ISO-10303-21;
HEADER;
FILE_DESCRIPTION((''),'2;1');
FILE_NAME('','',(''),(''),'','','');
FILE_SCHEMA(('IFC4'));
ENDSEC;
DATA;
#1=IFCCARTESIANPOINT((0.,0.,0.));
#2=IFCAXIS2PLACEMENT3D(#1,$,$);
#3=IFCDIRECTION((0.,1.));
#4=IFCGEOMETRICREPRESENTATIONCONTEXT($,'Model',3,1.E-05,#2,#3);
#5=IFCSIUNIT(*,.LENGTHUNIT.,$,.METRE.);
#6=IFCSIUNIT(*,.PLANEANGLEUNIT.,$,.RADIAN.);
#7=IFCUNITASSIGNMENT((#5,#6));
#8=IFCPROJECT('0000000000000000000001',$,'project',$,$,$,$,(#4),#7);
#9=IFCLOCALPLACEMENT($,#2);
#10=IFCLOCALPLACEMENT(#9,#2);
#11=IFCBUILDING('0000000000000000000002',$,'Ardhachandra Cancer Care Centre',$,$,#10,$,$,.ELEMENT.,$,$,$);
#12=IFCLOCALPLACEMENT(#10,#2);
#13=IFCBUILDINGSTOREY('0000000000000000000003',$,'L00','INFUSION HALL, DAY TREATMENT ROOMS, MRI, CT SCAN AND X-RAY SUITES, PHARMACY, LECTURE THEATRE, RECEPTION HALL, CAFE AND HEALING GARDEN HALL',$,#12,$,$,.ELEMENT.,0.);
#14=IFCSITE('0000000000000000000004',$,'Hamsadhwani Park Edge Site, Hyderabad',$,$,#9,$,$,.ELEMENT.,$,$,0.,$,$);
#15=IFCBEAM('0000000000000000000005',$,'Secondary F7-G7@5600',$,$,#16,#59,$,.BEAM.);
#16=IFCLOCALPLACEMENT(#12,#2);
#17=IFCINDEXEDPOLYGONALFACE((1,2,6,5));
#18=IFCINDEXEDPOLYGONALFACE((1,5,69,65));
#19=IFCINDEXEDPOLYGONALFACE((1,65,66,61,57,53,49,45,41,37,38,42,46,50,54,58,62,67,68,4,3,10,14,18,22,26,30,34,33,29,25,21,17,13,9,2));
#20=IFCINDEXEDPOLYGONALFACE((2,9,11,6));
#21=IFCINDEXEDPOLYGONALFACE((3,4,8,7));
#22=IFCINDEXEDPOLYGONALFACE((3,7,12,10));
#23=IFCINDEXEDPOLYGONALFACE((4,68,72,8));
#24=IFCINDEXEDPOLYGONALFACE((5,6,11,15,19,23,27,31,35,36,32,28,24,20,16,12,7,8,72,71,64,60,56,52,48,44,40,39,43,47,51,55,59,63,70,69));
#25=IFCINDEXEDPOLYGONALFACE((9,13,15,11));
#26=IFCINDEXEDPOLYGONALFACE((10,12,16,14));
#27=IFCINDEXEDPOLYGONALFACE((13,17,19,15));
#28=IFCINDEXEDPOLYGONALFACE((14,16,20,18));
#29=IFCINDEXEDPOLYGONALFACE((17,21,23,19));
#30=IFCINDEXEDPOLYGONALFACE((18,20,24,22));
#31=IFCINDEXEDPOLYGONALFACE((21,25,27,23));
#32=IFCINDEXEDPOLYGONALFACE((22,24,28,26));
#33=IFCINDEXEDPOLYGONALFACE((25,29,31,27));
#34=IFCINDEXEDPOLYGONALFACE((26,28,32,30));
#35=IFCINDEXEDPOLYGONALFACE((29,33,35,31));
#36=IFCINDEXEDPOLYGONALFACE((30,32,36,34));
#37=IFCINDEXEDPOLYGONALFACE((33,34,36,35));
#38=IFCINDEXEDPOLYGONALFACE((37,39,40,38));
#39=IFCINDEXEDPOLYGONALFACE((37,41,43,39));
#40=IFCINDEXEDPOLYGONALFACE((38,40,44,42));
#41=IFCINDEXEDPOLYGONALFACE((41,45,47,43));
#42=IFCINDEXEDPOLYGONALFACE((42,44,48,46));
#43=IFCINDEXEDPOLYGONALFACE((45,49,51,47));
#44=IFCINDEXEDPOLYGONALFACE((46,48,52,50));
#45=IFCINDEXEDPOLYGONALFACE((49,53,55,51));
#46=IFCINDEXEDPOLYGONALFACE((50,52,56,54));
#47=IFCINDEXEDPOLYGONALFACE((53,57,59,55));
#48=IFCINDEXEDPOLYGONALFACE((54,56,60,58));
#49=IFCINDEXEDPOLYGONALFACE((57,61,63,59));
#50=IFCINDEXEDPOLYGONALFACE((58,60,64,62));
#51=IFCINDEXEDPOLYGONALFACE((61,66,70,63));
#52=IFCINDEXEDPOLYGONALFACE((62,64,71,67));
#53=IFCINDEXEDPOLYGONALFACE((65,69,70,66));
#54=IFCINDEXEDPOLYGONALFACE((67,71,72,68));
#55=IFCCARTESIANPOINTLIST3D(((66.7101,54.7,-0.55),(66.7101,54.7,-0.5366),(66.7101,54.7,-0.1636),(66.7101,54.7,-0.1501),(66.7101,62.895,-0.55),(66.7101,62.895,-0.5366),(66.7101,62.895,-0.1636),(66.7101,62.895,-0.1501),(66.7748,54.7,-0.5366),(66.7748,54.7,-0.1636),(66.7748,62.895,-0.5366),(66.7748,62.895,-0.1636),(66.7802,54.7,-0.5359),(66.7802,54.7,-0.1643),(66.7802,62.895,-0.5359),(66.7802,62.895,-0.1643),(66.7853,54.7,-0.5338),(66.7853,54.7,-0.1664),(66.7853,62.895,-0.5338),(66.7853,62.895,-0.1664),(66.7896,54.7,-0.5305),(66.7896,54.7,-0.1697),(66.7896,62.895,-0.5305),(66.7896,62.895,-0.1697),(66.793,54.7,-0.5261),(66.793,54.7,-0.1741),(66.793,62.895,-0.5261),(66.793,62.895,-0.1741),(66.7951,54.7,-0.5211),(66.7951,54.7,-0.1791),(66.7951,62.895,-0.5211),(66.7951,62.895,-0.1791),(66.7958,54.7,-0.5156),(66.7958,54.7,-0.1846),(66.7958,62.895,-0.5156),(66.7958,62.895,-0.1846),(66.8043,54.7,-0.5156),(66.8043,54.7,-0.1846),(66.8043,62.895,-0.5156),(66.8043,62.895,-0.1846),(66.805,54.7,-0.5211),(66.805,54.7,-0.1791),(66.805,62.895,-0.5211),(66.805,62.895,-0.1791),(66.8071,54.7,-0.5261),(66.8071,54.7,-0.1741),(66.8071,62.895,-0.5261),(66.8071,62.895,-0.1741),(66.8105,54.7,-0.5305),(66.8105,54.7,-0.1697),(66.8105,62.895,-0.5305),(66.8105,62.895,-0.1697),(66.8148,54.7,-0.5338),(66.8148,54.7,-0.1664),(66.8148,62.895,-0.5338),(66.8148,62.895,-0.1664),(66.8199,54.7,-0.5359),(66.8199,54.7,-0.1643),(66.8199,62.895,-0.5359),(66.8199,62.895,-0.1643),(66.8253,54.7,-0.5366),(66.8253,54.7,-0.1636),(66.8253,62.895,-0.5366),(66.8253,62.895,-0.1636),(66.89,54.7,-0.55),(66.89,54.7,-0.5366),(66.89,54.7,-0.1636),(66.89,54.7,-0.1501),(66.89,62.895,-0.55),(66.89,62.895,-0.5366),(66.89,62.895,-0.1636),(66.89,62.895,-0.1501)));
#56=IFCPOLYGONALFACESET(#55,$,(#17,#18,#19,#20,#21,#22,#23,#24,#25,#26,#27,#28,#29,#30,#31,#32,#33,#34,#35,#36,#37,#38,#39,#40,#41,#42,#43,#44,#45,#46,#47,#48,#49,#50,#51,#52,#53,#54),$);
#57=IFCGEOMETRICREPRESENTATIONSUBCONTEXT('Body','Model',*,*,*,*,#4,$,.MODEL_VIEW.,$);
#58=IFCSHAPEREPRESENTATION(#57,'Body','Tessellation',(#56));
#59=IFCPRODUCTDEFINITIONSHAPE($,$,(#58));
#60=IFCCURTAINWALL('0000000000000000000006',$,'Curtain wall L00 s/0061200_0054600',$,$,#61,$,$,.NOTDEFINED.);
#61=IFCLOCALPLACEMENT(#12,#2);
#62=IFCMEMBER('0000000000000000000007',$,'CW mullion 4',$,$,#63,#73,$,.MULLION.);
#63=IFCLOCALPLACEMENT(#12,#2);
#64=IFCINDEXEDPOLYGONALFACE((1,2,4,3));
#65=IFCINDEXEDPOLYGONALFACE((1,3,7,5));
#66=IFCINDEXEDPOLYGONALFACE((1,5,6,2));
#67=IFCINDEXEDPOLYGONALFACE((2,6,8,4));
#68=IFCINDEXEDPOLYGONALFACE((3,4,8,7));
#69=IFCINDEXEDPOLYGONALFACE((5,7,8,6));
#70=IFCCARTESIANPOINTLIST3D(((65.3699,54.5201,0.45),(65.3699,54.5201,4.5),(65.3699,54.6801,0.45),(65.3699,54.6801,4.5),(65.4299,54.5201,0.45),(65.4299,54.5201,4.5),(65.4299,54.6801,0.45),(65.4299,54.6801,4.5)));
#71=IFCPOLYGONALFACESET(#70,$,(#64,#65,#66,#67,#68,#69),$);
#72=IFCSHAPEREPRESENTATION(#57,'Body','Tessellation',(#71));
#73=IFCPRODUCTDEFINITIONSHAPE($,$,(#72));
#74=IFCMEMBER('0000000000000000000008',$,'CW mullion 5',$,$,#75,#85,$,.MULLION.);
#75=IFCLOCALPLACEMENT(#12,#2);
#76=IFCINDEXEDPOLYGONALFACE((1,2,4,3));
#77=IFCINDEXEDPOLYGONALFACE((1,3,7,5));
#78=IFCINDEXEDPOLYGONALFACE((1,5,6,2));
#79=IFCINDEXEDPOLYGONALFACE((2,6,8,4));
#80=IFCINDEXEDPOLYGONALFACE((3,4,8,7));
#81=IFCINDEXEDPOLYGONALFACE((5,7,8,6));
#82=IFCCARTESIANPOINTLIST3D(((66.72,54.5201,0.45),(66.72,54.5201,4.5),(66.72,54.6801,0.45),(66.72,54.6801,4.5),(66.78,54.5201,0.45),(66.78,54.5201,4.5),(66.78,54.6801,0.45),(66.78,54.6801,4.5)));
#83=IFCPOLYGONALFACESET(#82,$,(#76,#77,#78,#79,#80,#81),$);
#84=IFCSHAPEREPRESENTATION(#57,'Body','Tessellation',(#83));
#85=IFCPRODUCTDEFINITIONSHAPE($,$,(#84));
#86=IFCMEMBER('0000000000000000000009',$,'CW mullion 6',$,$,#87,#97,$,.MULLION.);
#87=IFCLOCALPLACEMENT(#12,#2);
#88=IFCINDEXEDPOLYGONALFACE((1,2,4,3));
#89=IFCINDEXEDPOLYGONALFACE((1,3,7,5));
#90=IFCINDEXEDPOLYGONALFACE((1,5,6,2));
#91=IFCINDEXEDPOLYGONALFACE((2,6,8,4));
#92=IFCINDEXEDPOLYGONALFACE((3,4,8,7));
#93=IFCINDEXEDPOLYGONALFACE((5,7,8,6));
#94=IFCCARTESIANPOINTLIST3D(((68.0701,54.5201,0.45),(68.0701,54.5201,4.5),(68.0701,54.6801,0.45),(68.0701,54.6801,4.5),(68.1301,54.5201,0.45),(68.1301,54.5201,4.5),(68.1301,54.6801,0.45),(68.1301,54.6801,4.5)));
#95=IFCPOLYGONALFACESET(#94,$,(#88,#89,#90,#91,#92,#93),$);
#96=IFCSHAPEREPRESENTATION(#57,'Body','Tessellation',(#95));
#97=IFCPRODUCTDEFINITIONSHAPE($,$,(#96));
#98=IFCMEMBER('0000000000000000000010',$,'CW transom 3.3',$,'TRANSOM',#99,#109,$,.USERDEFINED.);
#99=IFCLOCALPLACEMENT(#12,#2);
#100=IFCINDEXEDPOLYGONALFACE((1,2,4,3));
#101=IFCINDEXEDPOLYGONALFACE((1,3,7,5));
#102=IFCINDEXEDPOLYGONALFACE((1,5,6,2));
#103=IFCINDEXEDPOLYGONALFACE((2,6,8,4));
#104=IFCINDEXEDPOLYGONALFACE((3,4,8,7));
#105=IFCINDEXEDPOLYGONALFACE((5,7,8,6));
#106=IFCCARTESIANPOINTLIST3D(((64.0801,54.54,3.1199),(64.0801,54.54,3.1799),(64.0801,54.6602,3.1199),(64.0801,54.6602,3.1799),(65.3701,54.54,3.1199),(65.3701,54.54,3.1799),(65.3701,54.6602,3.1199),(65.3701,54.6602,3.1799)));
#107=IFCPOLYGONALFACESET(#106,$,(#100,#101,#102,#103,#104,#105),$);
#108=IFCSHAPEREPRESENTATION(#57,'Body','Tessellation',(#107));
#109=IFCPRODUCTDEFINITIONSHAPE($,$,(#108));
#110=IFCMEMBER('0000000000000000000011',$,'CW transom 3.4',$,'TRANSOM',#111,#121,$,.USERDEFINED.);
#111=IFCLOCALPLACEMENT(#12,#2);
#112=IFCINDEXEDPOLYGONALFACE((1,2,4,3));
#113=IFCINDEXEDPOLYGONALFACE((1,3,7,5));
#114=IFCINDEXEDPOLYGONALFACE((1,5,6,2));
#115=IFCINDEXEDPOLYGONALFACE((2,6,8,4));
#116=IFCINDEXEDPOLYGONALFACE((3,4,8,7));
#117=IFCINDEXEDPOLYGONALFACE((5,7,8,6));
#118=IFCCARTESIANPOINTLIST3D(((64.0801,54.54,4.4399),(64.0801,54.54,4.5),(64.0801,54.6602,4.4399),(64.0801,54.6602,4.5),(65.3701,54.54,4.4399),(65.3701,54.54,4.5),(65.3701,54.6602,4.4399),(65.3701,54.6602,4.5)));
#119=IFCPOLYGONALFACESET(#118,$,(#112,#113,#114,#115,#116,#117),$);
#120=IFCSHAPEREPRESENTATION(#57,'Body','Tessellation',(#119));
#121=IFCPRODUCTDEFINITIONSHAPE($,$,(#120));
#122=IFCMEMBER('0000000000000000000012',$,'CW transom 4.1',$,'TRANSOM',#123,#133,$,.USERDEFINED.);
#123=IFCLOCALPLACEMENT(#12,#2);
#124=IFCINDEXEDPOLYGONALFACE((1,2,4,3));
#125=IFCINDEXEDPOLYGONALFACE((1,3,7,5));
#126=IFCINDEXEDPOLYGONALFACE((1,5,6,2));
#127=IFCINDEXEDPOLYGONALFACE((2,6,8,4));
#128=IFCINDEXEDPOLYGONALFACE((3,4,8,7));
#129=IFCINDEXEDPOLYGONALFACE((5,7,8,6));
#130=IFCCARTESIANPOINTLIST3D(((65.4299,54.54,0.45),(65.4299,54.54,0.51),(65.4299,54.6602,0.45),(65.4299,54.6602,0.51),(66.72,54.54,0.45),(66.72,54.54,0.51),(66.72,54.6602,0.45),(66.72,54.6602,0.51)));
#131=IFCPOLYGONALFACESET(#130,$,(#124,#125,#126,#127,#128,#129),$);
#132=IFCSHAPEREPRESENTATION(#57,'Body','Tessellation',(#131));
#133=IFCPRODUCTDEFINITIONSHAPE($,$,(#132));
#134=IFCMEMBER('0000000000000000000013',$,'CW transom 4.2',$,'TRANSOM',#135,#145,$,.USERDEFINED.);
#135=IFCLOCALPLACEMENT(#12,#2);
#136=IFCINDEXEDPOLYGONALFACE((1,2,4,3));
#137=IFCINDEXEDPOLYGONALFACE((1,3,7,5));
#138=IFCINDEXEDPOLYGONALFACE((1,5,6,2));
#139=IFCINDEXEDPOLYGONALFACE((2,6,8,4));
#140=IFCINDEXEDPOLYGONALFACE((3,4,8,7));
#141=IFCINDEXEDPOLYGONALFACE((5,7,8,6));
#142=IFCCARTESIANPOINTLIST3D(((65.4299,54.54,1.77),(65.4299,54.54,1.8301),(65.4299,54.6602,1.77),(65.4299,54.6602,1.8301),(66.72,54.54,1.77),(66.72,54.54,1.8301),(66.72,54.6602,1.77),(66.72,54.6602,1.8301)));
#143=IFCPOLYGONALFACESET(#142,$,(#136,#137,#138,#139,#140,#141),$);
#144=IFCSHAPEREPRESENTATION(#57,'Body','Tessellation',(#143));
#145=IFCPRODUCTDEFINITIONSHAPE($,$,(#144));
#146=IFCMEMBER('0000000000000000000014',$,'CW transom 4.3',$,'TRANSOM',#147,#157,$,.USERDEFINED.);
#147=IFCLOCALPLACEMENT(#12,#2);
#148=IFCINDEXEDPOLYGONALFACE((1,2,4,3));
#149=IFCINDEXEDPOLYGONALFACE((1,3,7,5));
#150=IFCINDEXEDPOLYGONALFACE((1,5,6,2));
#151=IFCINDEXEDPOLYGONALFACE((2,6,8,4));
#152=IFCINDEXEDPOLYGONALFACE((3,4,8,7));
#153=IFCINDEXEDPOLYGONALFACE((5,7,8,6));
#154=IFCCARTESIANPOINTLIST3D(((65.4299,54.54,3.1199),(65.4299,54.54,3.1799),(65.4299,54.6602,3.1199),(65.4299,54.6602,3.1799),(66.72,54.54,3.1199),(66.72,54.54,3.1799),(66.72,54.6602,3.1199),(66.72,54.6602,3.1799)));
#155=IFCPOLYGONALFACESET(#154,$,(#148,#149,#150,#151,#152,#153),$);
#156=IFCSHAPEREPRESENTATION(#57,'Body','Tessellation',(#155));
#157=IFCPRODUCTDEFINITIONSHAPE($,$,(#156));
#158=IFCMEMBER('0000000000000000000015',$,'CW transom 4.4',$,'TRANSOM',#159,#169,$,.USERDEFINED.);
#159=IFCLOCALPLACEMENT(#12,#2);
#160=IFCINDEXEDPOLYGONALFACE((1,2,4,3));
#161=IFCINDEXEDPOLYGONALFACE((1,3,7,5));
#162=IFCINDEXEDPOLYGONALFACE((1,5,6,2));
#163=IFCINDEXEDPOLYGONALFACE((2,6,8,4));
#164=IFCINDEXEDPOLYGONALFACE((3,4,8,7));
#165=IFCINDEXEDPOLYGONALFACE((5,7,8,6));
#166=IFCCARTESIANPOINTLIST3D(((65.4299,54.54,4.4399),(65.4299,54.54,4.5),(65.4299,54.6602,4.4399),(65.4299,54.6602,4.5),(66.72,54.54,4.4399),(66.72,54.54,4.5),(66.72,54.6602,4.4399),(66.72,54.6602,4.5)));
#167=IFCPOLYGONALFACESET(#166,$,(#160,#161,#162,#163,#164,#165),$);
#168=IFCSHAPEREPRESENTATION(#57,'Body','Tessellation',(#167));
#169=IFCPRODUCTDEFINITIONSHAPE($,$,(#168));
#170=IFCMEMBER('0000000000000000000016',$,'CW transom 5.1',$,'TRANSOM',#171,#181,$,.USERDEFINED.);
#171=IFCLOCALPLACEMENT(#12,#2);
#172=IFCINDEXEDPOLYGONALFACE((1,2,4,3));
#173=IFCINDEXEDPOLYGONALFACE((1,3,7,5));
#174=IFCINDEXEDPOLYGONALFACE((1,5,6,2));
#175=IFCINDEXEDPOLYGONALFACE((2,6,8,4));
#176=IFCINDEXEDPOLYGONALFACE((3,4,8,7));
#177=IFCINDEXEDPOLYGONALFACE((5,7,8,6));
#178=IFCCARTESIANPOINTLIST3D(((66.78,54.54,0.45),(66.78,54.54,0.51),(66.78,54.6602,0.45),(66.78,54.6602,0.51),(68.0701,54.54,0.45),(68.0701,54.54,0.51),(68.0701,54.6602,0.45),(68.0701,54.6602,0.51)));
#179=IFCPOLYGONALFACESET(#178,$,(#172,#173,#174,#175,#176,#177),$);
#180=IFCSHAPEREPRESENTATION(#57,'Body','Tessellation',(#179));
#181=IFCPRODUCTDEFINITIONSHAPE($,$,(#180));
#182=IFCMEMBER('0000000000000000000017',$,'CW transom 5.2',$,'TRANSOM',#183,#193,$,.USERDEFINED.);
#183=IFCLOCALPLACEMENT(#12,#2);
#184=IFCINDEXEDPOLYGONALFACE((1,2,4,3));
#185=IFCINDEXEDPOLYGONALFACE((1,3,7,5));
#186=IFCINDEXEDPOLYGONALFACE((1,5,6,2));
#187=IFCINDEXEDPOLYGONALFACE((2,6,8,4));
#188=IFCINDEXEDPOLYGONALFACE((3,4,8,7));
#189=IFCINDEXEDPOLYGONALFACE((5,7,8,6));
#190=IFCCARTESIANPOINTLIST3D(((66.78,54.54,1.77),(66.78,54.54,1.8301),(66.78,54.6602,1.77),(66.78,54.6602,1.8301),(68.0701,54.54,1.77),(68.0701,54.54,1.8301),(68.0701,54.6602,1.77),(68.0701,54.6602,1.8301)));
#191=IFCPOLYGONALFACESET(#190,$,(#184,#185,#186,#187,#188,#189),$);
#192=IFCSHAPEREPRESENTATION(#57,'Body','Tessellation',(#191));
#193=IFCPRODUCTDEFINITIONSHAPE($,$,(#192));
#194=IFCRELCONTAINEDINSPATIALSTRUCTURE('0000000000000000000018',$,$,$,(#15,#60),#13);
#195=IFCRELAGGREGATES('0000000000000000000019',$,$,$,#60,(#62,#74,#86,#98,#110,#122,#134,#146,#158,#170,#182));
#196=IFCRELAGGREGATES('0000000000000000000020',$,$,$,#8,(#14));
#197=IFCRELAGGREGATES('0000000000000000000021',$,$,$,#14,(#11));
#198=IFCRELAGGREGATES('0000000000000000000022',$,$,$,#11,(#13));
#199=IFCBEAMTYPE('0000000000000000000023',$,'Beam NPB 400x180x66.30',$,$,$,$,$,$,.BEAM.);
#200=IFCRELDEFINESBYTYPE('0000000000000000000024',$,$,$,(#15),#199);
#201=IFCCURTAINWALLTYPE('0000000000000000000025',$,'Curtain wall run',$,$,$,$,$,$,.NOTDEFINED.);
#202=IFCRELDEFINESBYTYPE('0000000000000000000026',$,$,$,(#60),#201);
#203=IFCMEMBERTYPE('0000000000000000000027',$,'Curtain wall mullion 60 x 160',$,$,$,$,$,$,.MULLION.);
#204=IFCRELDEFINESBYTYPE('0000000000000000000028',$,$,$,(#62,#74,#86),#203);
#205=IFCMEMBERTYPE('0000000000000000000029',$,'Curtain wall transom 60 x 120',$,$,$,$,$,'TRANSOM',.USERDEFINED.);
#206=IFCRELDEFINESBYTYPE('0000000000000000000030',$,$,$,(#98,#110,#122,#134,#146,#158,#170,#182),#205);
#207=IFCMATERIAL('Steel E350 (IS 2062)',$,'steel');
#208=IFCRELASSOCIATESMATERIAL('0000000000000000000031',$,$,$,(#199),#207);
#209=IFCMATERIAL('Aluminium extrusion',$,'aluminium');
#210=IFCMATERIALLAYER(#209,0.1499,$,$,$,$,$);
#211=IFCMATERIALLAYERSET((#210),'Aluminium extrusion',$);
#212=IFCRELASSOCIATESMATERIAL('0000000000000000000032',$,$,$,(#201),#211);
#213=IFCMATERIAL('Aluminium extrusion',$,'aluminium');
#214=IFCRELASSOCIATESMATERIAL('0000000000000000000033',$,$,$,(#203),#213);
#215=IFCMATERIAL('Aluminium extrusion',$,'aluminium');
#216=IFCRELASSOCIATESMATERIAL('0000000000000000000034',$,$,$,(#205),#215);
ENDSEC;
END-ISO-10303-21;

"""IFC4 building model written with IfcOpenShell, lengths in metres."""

from ifc_helpers import new_model, si_unit, direction, frame, origin, origin_2d, place, context, subcontext, project, spatial, rectangle, i_section, extrude, material, layer, layer_set, material_profile, profile_set, type_object, element, aggregate, save


model = new_model("IFC4")

# Units and contexts
model_context = context("Model", 3, precision=1e-05, world=origin(), true_north=direction((0.0, 1.0)))
body_context = subcontext(model_context, "Body", "Model", "MODEL_VIEW")
ifc_project = project(units=[si_unit("LENGTHUNIT", "METRE"), si_unit("PLANEANGLEUNIT", "RADIAN")], contexts=[model_context])

# Site, building, storey
site_placement = place(None, origin())
site = spatial("IfcSite", under=ifc_project, at=site_placement, Name="Hamsadhwani Park Edge Site, Hyderabad", CompositionType="ELEMENT", RefElevation=0.0)
building_placement = place(site_placement, origin())
building = spatial("IfcBuilding", under=site, at=building_placement, Name="Ardhachandra Cancer Care Centre", CompositionType="ELEMENT")
storey_placement = place(building_placement, origin())
storey = spatial("IfcBuildingStorey", under=building, at=storey_placement, Name="L00", Description="INFUSION HALL, DAY TREATMENT ROOMS, MRI, CT SCAN AND X-RAY SUITES, PHARMACY, LECTURE THEATRE, RECEPTION HALL, CAFE AND HEALING GARDEN HALL", CompositionType="ELEMENT", Elevation=0.0)

# Beam
ifc_material_1 = material(Name="Steel E350 (IS 2062)", Category="steel")
ifc_material_profile_1 = material_profile(ifc_material_1, i_section(OverallWidth=0.1799, OverallDepth=0.3999, WebThickness=0.0085, FlangeThickness=0.0134, FilletRadius=0.021, at=origin_2d()), Name="NPB 400x180x66.30")
ifc_profile_set_1 = profile_set([ifc_material_profile_1], Name="Steel E350 (IS 2062)")
beam_type = type_object("IfcBeamType", Name="Beam NPB 400x180x66.30", PredefinedType="BEAM", material=ifc_profile_set_1)
for number, where, z_axis, x_axis, name in (
    (1, (66.8, 54.7, -0.3501), (0.0, 1.0, 0.0), (-1.0, 0.0, 0.0), "Secondary F7-G7@5600"),
):
    element("IfcBeam", number, at=place(storey_placement, frame(where, z_axis=z_axis, x_axis=x_axis)), inside=storey, type_object=beam_type, Name=name, PredefinedType="BEAM", context=body_context, shape_type="SweptSolid", body=[
        extrude(i_section(OverallWidth=0.1799, OverallDepth=0.3999, WebThickness=0.0085, FlangeThickness=0.0134, FilletRadius=0.021, at=origin_2d()), origin(), (0.0, 0.0, 1.0), 8.1951),
    ])

# Curtain wall, members
ifc_material_2 = material(Name="Aluminium extrusion", Category="aluminium")
ifc_layer_1 = layer(ifc_material_2, 0.1499)
ifc_layer_set_1 = layer_set([ifc_layer_1], Name="Aluminium extrusion")
curtain_wall_type = type_object("IfcCurtainWallType", Name="Curtain wall run", PredefinedType="NOTDEFINED", material=ifc_layer_set_1)
curtain_wall_placement = place(storey_placement, origin())
curtain_wall = element("IfcCurtainWall", 2, at=curtain_wall_placement, inside=storey, type_object=curtain_wall_type, Name="Curtain wall L00 s/0061200_0054600", PredefinedType="NOTDEFINED")
ifc_material_3 = material(Name="Aluminium extrusion", Category="aluminium")
ifc_material_profile_2 = material_profile(ifc_material_3, rectangle(XDim=0.1599, YDim=0.0601, at=origin_2d()), Name="Curtain wall mullion 60 x 160")
ifc_profile_set_2 = profile_set([ifc_material_profile_2], Name="Aluminium extrusion")
member_type_1 = type_object("IfcMemberType", Name="Curtain wall mullion 60 x 160", PredefinedType="MULLION", material=ifc_profile_set_2)
member_1_placement = place(storey_placement, frame((65.3999, 54.6001, 0.45), z_axis=(0.0, 0.0, 1.0), x_axis=(0.0, 1.0, 0.0)))
member_1 = element("IfcMember", 3, at=member_1_placement, type_object=member_type_1, Name="CW mullion 4", PredefinedType="MULLION", context=body_context, shape_type="SweptSolid", body=[
    extrude(rectangle(XDim=0.1599, YDim=0.0601, at=origin_2d()), origin(), (0.0, 0.0, 1.0), 4.05),
])
member_2_placement = place(storey_placement, frame((66.75, 54.6001, 0.45), z_axis=(0.0, 0.0, 1.0), x_axis=(0.0, 1.0, 0.0)))
member_2 = element("IfcMember", 4, at=member_2_placement, type_object=member_type_1, Name="CW mullion 5", PredefinedType="MULLION", context=body_context, shape_type="SweptSolid", body=[
    extrude(rectangle(XDim=0.1599, YDim=0.0601, at=origin_2d()), origin(), (0.0, 0.0, 1.0), 4.05),
])
member_3_placement = place(storey_placement, frame((68.1001, 54.6001, 0.45), z_axis=(0.0, 0.0, 1.0), x_axis=(0.0, 1.0, 0.0)))
member_3 = element("IfcMember", 5, at=member_3_placement, type_object=member_type_1, Name="CW mullion 6", PredefinedType="MULLION", context=body_context, shape_type="SweptSolid", body=[
    extrude(rectangle(XDim=0.1599, YDim=0.0601, at=origin_2d()), origin(), (0.0, 0.0, 1.0), 4.05),
])
ifc_material_4 = material(Name="Aluminium extrusion", Category="aluminium")
ifc_material_profile_3 = material_profile(ifc_material_4, rectangle(XDim=0.1201, YDim=0.0601, at=origin_2d()), Name="Curtain wall transom 60 x 120")
ifc_profile_set_3 = profile_set([ifc_material_profile_3], Name="Aluminium extrusion")
member_type_2 = type_object("IfcMemberType", Name="Curtain wall transom 60 x 120", ElementType="TRANSOM", PredefinedType="USERDEFINED", material=ifc_profile_set_3)
member_4_placement = place(storey_placement, frame((64.0801, 54.6001, 3.1499), z_axis=(1.0, 0.0, 0.0), x_axis=(0.0, 1.0, 0.0)))
member_4 = element("IfcMember", 6, at=member_4_placement, type_object=member_type_2, Name="CW transom 3.3", ObjectType="TRANSOM", PredefinedType="USERDEFINED", context=body_context, shape_type="SweptSolid", body=[
    extrude(rectangle(XDim=0.1201, YDim=0.0601, at=origin_2d()), origin(), (0.0, 0.0, 1.0), 1.29),
])
member_5_placement = place(storey_placement, frame((64.0801, 54.6001, 4.47), z_axis=(1.0, 0.0, 0.0), x_axis=(0.0, 1.0, 0.0)))
member_5 = element("IfcMember", 7, at=member_5_placement, type_object=member_type_2, Name="CW transom 3.4", ObjectType="TRANSOM", PredefinedType="USERDEFINED", context=body_context, shape_type="SweptSolid", body=[
    extrude(rectangle(XDim=0.1201, YDim=0.0601, at=origin_2d()), origin(), (0.0, 0.0, 1.0), 1.29),
])
member_6_placement = place(storey_placement, frame((65.4299, 54.6001, 0.48), z_axis=(1.0, 0.0, 0.0), x_axis=(0.0, 1.0, 0.0)))
member_6 = element("IfcMember", 8, at=member_6_placement, type_object=member_type_2, Name="CW transom 4.1", ObjectType="TRANSOM", PredefinedType="USERDEFINED", context=body_context, shape_type="SweptSolid", body=[
    extrude(rectangle(XDim=0.1201, YDim=0.0601, at=origin_2d()), origin(), (0.0, 0.0, 1.0), 1.29),
])
member_7_placement = place(storey_placement, frame((65.4299, 54.6001, 1.8), z_axis=(1.0, 0.0, 0.0), x_axis=(0.0, 1.0, 0.0)))
member_7 = element("IfcMember", 9, at=member_7_placement, type_object=member_type_2, Name="CW transom 4.2", ObjectType="TRANSOM", PredefinedType="USERDEFINED", context=body_context, shape_type="SweptSolid", body=[
    extrude(rectangle(XDim=0.1201, YDim=0.0601, at=origin_2d()), origin(), (0.0, 0.0, 1.0), 1.29),
])
member_8_placement = place(storey_placement, frame((65.4299, 54.6001, 3.1499), z_axis=(1.0, 0.0, 0.0), x_axis=(0.0, 1.0, 0.0)))
member_8 = element("IfcMember", 10, at=member_8_placement, type_object=member_type_2, Name="CW transom 4.3", ObjectType="TRANSOM", PredefinedType="USERDEFINED", context=body_context, shape_type="SweptSolid", body=[
    extrude(rectangle(XDim=0.1201, YDim=0.0601, at=origin_2d()), origin(), (0.0, 0.0, 1.0), 1.29),
])
member_9_placement = place(storey_placement, frame((65.4299, 54.6001, 4.47), z_axis=(1.0, 0.0, 0.0), x_axis=(0.0, 1.0, 0.0)))
member_9 = element("IfcMember", 11, at=member_9_placement, type_object=member_type_2, Name="CW transom 4.4", ObjectType="TRANSOM", PredefinedType="USERDEFINED", context=body_context, shape_type="SweptSolid", body=[
    extrude(rectangle(XDim=0.1201, YDim=0.0601, at=origin_2d()), origin(), (0.0, 0.0, 1.0), 1.29),
])
member_10_placement = place(storey_placement, frame((66.78, 54.6001, 0.48), z_axis=(1.0, 0.0, 0.0), x_axis=(0.0, 1.0, 0.0)))
member_10 = element("IfcMember", 12, at=member_10_placement, type_object=member_type_2, Name="CW transom 5.1", ObjectType="TRANSOM", PredefinedType="USERDEFINED", context=body_context, shape_type="SweptSolid", body=[
    extrude(rectangle(XDim=0.1201, YDim=0.0601, at=origin_2d()), origin(), (0.0, 0.0, 1.0), 1.29),
])
member_11_placement = place(storey_placement, frame((66.78, 54.6001, 1.8), z_axis=(1.0, 0.0, 0.0), x_axis=(0.0, 1.0, 0.0)))
member_11 = element("IfcMember", 13, at=member_11_placement, type_object=member_type_2, Name="CW transom 5.2", ObjectType="TRANSOM", PredefinedType="USERDEFINED", context=body_context, shape_type="SweptSolid", body=[
    extrude(rectangle(XDim=0.1201, YDim=0.0601, at=origin_2d()), origin(), (0.0, 0.0, 1.0), 1.29),
])
aggregate(curtain_wall, [member_1, member_2, member_3, member_4, member_5, member_6, member_7, member_8, member_9, member_10, member_11])

save(model, "model.ifc")
